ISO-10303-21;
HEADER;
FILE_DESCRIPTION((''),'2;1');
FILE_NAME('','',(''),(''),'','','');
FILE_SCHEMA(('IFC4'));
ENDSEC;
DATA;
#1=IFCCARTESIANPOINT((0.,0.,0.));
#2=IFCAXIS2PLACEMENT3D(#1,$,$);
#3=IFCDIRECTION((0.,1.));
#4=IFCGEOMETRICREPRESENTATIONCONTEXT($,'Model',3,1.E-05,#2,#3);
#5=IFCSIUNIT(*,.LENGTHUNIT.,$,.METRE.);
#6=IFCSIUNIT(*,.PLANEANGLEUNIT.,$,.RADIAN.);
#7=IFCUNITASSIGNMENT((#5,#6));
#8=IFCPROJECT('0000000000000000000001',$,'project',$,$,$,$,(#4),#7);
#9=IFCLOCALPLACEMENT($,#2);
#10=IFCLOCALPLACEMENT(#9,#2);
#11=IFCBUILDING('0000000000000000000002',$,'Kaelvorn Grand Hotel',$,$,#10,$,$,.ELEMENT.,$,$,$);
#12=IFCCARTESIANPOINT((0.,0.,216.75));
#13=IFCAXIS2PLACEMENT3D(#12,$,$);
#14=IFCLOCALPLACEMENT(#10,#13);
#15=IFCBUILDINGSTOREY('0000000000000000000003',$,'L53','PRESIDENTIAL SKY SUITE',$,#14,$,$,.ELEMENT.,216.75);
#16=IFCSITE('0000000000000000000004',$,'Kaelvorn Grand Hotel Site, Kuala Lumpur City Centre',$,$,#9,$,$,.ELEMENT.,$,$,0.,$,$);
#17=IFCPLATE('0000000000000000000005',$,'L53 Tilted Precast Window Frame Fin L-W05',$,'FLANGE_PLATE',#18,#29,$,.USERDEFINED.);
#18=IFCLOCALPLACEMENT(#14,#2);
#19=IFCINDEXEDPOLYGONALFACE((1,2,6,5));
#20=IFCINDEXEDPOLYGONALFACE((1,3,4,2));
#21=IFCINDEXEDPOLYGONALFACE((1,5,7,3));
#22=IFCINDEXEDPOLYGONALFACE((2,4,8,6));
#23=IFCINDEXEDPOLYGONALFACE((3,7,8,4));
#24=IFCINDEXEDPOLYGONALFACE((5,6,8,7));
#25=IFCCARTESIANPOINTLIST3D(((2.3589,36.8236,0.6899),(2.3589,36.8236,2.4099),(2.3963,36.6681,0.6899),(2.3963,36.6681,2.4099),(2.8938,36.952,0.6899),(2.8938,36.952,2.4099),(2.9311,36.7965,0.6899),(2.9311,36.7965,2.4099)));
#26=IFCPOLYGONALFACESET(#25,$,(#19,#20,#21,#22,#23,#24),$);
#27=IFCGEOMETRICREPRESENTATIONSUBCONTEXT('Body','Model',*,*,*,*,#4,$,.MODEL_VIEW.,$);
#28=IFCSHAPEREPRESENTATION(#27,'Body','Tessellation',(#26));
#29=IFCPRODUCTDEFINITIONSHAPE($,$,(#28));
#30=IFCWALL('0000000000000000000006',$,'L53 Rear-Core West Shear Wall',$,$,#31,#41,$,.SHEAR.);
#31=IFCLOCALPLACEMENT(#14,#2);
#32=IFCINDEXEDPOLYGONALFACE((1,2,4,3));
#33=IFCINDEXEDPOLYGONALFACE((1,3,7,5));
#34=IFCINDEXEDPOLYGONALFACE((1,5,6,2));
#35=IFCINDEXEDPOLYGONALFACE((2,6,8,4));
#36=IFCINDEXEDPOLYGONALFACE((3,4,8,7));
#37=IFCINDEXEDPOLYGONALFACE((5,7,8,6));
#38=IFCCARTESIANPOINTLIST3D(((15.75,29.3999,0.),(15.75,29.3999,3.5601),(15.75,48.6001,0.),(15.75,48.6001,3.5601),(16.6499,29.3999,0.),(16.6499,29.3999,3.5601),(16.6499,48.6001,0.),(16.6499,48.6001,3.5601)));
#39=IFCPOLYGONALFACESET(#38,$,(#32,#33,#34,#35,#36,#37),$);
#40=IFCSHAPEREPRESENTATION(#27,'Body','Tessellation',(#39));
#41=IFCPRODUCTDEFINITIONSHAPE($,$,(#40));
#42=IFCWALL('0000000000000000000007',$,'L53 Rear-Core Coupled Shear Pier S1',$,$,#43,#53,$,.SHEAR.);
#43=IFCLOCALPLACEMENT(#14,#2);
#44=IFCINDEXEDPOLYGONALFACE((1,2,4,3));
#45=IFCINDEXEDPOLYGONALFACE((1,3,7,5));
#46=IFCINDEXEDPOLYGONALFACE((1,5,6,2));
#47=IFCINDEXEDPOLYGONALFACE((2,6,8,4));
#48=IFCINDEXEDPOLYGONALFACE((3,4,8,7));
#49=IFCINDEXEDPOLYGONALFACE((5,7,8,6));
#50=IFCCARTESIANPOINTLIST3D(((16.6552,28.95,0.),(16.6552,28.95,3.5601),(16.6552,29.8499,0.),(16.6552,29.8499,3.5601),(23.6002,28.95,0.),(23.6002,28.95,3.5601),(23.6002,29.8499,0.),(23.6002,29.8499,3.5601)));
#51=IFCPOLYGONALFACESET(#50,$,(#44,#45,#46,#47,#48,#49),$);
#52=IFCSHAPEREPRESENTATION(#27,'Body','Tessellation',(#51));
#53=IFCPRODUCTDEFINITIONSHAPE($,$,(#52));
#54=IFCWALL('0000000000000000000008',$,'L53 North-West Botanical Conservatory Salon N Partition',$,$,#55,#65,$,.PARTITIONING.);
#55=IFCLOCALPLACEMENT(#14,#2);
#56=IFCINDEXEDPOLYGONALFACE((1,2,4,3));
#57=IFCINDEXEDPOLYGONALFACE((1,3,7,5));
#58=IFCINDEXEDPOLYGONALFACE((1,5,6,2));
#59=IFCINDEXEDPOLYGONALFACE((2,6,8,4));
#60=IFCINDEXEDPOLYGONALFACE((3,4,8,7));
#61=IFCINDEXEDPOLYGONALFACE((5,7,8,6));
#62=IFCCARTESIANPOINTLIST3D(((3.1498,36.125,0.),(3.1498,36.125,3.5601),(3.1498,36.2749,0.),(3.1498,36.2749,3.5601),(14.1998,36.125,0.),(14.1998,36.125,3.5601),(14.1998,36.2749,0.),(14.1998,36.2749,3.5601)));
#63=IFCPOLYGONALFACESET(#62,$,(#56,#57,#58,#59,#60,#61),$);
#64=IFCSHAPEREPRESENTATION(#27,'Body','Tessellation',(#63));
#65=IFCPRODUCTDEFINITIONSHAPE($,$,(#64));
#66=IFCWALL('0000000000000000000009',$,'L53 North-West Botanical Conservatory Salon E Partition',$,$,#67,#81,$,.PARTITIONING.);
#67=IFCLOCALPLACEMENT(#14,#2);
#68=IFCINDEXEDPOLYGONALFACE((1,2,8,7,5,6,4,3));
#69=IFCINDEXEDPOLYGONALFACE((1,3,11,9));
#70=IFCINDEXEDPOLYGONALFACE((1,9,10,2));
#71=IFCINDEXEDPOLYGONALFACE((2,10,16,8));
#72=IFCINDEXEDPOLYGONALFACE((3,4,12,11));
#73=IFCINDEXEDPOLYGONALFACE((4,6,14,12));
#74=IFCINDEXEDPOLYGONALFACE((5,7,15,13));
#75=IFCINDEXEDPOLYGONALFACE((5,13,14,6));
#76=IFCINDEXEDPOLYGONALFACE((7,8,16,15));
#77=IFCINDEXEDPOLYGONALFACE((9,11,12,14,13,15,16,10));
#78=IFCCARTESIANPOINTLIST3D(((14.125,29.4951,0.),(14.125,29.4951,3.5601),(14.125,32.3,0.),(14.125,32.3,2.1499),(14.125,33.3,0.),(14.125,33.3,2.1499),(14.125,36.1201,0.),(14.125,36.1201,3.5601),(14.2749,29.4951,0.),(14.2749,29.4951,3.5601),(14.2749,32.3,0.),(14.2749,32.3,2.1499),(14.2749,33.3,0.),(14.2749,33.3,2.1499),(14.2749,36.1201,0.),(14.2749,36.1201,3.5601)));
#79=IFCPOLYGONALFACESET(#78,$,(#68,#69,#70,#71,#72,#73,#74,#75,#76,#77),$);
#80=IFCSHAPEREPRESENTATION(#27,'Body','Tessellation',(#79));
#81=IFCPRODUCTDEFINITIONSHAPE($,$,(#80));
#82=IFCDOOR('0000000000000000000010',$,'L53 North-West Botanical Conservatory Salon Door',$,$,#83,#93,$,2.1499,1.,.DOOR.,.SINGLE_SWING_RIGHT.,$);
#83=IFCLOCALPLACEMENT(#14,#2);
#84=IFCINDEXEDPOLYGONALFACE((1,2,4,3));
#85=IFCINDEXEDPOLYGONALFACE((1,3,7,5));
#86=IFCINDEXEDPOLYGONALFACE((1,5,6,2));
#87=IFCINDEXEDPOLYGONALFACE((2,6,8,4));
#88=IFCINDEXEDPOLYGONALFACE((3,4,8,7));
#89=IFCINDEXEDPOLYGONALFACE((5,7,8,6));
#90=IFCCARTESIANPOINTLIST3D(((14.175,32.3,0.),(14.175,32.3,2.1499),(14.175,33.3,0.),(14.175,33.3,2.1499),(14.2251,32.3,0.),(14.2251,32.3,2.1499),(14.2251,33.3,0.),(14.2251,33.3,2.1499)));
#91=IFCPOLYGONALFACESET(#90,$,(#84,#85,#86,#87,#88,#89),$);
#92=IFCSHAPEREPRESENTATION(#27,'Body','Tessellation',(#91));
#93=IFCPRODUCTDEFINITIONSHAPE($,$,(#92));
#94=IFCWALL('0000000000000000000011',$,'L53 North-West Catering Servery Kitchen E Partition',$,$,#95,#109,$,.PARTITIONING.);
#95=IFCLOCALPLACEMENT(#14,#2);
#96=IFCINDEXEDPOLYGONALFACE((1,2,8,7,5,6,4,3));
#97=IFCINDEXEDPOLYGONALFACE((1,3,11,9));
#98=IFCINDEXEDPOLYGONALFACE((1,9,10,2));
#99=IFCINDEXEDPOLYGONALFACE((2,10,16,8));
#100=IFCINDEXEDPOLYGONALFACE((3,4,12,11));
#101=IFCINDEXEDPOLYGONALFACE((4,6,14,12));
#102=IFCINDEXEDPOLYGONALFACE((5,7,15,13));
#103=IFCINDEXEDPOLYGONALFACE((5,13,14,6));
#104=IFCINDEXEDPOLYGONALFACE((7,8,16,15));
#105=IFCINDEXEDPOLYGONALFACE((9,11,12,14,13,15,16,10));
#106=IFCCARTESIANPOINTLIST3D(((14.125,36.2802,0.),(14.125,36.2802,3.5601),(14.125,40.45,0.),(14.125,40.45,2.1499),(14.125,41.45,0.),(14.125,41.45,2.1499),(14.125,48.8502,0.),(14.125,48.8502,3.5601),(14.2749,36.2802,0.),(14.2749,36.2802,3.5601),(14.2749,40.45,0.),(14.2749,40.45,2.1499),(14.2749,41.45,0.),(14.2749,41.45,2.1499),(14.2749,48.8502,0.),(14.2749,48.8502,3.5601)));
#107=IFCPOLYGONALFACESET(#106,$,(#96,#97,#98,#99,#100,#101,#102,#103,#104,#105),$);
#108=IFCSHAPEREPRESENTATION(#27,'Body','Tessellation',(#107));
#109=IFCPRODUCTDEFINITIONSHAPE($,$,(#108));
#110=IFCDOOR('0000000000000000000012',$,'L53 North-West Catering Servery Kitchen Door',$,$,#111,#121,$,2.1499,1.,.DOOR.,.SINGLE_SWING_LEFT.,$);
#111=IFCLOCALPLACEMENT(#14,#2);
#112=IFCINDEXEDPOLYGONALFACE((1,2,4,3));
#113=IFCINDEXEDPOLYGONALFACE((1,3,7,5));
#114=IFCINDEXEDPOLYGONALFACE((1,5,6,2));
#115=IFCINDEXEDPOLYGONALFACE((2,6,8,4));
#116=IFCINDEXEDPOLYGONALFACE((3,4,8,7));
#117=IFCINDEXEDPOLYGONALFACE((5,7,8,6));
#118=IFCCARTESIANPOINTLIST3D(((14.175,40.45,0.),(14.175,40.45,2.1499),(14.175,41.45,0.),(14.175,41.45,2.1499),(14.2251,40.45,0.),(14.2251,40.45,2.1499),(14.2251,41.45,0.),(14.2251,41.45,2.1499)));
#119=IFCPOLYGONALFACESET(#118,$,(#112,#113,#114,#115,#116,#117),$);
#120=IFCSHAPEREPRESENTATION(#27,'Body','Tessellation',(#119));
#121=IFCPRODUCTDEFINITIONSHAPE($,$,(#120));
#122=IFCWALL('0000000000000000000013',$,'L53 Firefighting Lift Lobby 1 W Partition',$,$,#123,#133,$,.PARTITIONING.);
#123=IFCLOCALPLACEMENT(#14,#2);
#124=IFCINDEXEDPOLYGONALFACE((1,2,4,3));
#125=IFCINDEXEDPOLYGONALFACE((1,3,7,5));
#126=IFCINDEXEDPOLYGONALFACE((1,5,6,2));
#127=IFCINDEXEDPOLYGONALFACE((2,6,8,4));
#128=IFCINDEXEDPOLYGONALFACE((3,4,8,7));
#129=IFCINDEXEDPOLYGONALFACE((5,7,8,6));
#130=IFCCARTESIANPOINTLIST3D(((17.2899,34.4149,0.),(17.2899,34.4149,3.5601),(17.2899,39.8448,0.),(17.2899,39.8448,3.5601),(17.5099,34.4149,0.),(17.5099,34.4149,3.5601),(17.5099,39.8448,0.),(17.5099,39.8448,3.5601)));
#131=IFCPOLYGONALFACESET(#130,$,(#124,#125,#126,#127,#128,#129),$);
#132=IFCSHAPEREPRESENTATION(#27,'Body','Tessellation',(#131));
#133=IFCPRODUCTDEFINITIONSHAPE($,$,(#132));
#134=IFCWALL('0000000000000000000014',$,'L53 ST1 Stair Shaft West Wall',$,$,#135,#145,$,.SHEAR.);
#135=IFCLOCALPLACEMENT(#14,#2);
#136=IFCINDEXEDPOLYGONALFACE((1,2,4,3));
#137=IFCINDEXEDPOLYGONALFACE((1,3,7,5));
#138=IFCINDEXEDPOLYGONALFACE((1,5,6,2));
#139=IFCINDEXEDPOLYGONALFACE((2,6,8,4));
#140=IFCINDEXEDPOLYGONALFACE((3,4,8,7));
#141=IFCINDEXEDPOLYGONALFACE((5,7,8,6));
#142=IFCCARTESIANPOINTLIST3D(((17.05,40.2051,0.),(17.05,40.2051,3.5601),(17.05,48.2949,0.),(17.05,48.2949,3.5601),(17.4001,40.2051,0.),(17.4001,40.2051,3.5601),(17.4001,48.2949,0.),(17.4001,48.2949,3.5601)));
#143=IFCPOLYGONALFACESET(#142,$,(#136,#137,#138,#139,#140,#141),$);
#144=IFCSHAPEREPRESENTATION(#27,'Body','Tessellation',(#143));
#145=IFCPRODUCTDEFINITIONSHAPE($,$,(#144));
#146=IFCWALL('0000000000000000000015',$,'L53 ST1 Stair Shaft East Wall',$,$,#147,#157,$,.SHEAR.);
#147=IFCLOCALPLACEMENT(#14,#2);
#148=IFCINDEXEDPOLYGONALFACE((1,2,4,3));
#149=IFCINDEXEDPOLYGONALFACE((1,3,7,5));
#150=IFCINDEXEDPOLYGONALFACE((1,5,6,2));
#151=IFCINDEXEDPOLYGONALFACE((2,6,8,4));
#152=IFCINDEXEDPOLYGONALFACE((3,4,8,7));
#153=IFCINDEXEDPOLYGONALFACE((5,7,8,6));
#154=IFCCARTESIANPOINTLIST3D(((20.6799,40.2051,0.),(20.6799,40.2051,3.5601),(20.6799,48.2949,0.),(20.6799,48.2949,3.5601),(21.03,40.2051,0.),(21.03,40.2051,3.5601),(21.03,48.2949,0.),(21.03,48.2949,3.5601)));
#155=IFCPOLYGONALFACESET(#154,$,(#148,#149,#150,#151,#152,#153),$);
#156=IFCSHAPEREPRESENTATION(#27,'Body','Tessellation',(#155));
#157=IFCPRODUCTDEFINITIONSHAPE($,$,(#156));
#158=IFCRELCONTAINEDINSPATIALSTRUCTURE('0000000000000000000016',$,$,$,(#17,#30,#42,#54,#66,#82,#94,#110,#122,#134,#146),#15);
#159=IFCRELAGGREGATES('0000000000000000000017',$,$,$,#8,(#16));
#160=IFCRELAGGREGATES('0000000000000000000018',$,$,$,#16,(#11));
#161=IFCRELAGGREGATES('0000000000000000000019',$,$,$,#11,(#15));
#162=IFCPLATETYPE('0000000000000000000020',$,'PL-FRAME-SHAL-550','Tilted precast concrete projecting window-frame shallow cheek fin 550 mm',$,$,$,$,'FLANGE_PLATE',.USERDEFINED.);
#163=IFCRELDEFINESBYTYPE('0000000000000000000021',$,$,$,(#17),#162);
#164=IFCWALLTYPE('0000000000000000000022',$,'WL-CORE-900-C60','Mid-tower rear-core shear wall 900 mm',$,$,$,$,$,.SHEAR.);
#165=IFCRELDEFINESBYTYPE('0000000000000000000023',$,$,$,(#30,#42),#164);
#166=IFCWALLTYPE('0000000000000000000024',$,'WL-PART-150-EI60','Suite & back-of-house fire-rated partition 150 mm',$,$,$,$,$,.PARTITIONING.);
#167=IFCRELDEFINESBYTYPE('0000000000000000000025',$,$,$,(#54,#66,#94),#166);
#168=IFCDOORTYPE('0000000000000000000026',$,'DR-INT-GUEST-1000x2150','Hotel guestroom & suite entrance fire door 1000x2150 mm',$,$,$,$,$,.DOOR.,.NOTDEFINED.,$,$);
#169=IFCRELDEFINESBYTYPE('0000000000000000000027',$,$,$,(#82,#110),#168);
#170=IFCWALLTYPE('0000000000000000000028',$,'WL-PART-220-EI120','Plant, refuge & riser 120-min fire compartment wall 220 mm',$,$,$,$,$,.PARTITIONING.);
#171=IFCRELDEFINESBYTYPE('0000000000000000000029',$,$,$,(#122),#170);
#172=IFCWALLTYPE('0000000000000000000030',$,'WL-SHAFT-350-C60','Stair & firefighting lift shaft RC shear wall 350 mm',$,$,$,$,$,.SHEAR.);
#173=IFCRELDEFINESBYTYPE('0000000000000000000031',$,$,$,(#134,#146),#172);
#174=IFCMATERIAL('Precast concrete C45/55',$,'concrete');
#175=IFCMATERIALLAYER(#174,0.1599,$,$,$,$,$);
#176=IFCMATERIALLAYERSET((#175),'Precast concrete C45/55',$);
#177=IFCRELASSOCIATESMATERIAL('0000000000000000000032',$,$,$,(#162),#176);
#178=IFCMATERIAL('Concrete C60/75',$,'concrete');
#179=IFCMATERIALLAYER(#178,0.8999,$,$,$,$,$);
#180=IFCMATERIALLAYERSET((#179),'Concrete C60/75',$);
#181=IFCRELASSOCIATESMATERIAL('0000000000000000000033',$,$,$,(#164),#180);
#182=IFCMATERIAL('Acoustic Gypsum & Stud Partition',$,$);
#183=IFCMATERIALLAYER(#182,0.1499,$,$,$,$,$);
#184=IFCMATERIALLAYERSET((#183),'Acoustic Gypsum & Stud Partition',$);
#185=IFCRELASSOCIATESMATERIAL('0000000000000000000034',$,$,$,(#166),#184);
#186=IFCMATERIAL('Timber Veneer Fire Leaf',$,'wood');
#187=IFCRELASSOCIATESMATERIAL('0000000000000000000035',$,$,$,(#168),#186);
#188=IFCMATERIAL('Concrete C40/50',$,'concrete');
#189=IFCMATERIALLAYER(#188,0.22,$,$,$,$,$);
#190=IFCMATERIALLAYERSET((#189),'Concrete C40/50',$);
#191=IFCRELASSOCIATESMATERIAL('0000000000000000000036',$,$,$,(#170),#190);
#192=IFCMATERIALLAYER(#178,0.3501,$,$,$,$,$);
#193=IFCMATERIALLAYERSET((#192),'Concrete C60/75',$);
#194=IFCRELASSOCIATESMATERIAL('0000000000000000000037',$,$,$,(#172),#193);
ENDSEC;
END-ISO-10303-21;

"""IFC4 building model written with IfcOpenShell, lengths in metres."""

from ifc_helpers import new_model, si_unit, direction, frame, frame_2d, origin, origin_2d, place, context, subcontext, project, spatial, rectangle, extrude, material, layer, layer_set, type_object, element, fill, save


model = new_model("IFC4")

# Units and contexts
model_context = context("Model", 3, precision=1e-05, world=origin(), true_north=direction((0.0, 1.0)))
body_context = subcontext(model_context, "Body", "Model", "MODEL_VIEW")
ifc_project = project(units=[si_unit("LENGTHUNIT", "METRE"), si_unit("PLANEANGLEUNIT", "RADIAN")], contexts=[model_context])

# Site, building, storey
site_placement = place(None, origin())
site = spatial("IfcSite", under=ifc_project, at=site_placement, Name="Kaelvorn Grand Hotel Site, Kuala Lumpur City Centre", CompositionType="ELEMENT", RefElevation=0.0)
building_placement = place(site_placement, origin())
building = spatial("IfcBuilding", under=site, at=building_placement, Name="Kaelvorn Grand Hotel", CompositionType="ELEMENT")
storey_placement = place(building_placement, frame((0.0, 0.0, 216.75)))
storey = spatial("IfcBuildingStorey", under=building, at=storey_placement, Name="L53", Description="PRESIDENTIAL SKY SUITE", CompositionType="ELEMENT", Elevation=216.75)

# Shared definitions
ifc_material_1 = material(Name="Concrete C60/75", Category="concrete")

# Plate
ifc_material_2 = material(Name="Precast concrete C45/55", Category="concrete")
ifc_layer_1 = layer(ifc_material_2, 0.1599)
ifc_layer_set_1 = layer_set([ifc_layer_1], Name="Precast concrete C45/55")
plate_type_1 = type_object("IfcPlateType", Name="PL-FRAME-SHAL-550", Description="Tilted precast concrete projecting window-frame shallow cheek fin 550 mm", ElementType="FLANGE_PLATE", PredefinedType="USERDEFINED", material=ifc_layer_set_1)
for number, where, z_axis, x_axis, name in (
    (1, (2.645, 36.8101, 0.6899), (0.0, 0.0, 1.0), (-0.233445, 0.97237, 0.0), "L53 Tilted Precast Window Frame Fin L-W05"),
):
    element("IfcPlate", number, at=place(storey_placement, frame(where, z_axis=z_axis, x_axis=x_axis)), inside=storey, type_object=plate_type_1, Name=name, ObjectType="FLANGE_PLATE", PredefinedType="USERDEFINED", context=body_context, shape_type="SweptSolid", body=[
        extrude(rectangle(XDim=0.1599, YDim=0.55, at=origin_2d()), origin(), (0.0, 0.0, 1.0), 1.72),
    ])

# Walls
ifc_layer_2 = layer(ifc_material_1, 0.8999)
ifc_layer_set_2 = layer_set([ifc_layer_2], Name="Concrete C60/75")
wall_type_1 = type_object("IfcWallType", Name="WL-CORE-900-C60", Description="Mid-tower rear-core shear wall 900 mm", PredefinedType="SHEAR", material=ifc_layer_set_2)
wall_1_placement = place(storey_placement, frame((16.2, 29.3999, 0.0), z_axis=(0.0, 0.0, 1.0), x_axis=(0.0, 1.0, 0.0)))
element("IfcWall", 2, at=wall_1_placement, inside=storey, type_object=wall_type_1, Name="L53 Rear-Core West Shear Wall", PredefinedType="SHEAR", context=body_context, shape_type="SweptSolid", body=[
    extrude(rectangle(XDim=19.2002, YDim=0.8999, at=frame_2d((9.6001, 0.0))), origin(), (0.0, 0.0, 1.0), 3.5601),
])
wall_2_placement = place(storey_placement, frame((16.655, 29.3999, 0.0), z_axis=(0.0, 0.0, 1.0), x_axis=(1.0, 0.0, 0.0)))
element("IfcWall", 3, at=wall_2_placement, inside=storey, type_object=wall_type_1, Name="L53 Rear-Core Coupled Shear Pier S1", PredefinedType="SHEAR", context=body_context, shape_type="SweptSolid", body=[
    extrude(rectangle(XDim=6.9451, YDim=0.8999, at=frame_2d((3.4727, 0.0))), origin(), (0.0, 0.0, 1.0), 3.5601),
])
ifc_material_3 = material(Name="Acoustic Gypsum & Stud Partition")
ifc_layer_3 = layer(ifc_material_3, 0.1499)
ifc_layer_set_3 = layer_set([ifc_layer_3], Name="Acoustic Gypsum & Stud Partition")
wall_type_2 = type_object("IfcWallType", Name="WL-PART-150-EI60", Description="Suite & back-of-house fire-rated partition 150 mm", PredefinedType="PARTITIONING", material=ifc_layer_set_3)
wall_3_placement = place(storey_placement, frame((3.1499, 36.2, 0.0), z_axis=(0.0, 0.0, 1.0), x_axis=(1.0, 0.0, 0.0)))
element("IfcWall", 4, at=wall_3_placement, inside=storey, type_object=wall_type_2, Name="L53 North-West Botanical Conservatory Salon N Partition", PredefinedType="PARTITIONING", context=body_context, shape_type="SweptSolid", body=[
    extrude(rectangle(XDim=11.05, YDim=0.1499, at=frame_2d((5.5249, 0.0))), origin(), (0.0, 0.0, 1.0), 3.5601),
])

# Walls, openings, doors
wall_4_placement = place(storey_placement, frame((14.2, 29.4951, 0.0), z_axis=(0.0, 0.0, 1.0), x_axis=(0.0, 1.0, 0.0)))
wall_4 = element("IfcWall", 5, at=wall_4_placement, inside=storey, type_object=wall_type_2, Name="L53 North-West Botanical Conservatory Salon E Partition", PredefinedType="PARTITIONING", context=body_context, shape_type="SweptSolid", body=[
    extrude(rectangle(XDim=6.625, YDim=0.1499, at=frame_2d((3.3125, 0.0))), origin(), (0.0, 0.0, 1.0), 3.5601),
])
opening_1_placement = place(wall_4_placement, frame((2.8049, 0.0, 0.0)))
opening_1 = element("IfcOpeningElement", 6, at=opening_1_placement, cuts=wall_4, PredefinedType="OPENING", context=body_context, shape_type="SweptSolid", body=[
    extrude(rectangle(XDim=1.0, YDim=2.1499, at=frame_2d((0.5, 1.075))), frame((0.0, 0.085, 0.0), z_axis=(0.0, -1.0, 0.0), x_axis=(1.0, 0.0, 0.0)), (0.0, 0.0, 1.0), 0.1699),
])
ifc_material_4 = material(Name="Timber Veneer Fire Leaf", Category="wood")
door_type_1 = type_object("IfcDoorType", Name="DR-INT-GUEST-1000x2150", Description="Hotel guestroom & suite entrance fire door 1000x2150 mm", OperationType="NOTDEFINED", PredefinedType="DOOR", material=ifc_material_4)
door_1_placement = place(opening_1_placement, origin())
door_1 = element("IfcDoor", 7, at=door_1_placement, inside=storey, type_object=door_type_1, Name="L53 North-West Botanical Conservatory Salon Door", OperationType="SINGLE_SWING_RIGHT", OverallHeight=2.1499, OverallWidth=1.0, PredefinedType="DOOR", context=body_context, shape_type="SweptSolid", body=[
    extrude(rectangle(XDim=1.0, YDim=2.1499, at=frame_2d((0.5, 1.075))), frame((0.0, 0.0249, 0.0), z_axis=(0.0, -1.0, 0.0), x_axis=(1.0, 0.0, 0.0)), (0.0, 0.0, 1.0), 0.05),
])
fill(opening_1, door_1)
wall_5_placement = place(storey_placement, frame((14.2, 36.28, 0.0), z_axis=(0.0, 0.0, 1.0), x_axis=(0.0, 1.0, 0.0)))
wall_5 = element("IfcWall", 8, at=wall_5_placement, inside=storey, type_object=wall_type_2, Name="L53 North-West Catering Servery Kitchen E Partition", PredefinedType="PARTITIONING", context=body_context, shape_type="SweptSolid", body=[
    extrude(rectangle(XDim=12.5701, YDim=0.1499, at=frame_2d((6.2852, 0.0))), origin(), (0.0, 0.0, 1.0), 3.5601),
])
opening_2_placement = place(wall_5_placement, frame((4.1699, 0.0, 0.0)))
opening_2 = element("IfcOpeningElement", 9, at=opening_2_placement, cuts=wall_5, PredefinedType="OPENING", context=body_context, shape_type="SweptSolid", body=[
    extrude(rectangle(XDim=1.0, YDim=2.1499, at=frame_2d((0.5, 1.075))), frame((0.0, 0.085, 0.0), z_axis=(0.0, -1.0, 0.0), x_axis=(1.0, 0.0, 0.0)), (0.0, 0.0, 1.0), 0.1699),
])
door_2_placement = place(opening_2_placement, origin())
door_2 = element("IfcDoor", 10, at=door_2_placement, inside=storey, type_object=door_type_1, Name="L53 North-West Catering Servery Kitchen Door", OperationType="SINGLE_SWING_LEFT", OverallHeight=2.1499, OverallWidth=1.0, PredefinedType="DOOR", context=body_context, shape_type="SweptSolid", body=[
    extrude(rectangle(XDim=1.0, YDim=2.1499, at=frame_2d((0.5, 1.075))), frame((0.0, 0.0249, 0.0), z_axis=(0.0, -1.0, 0.0), x_axis=(1.0, 0.0, 0.0)), (0.0, 0.0, 1.0), 0.05),
])
fill(opening_2, door_2)
ifc_material_5 = material(Name="Concrete C40/50", Category="concrete")
ifc_layer_4 = layer(ifc_material_5, 0.22)
ifc_layer_set_4 = layer_set([ifc_layer_4], Name="Concrete C40/50")
wall_type_3 = type_object("IfcWallType", Name="WL-PART-220-EI120", Description="Plant, refuge & riser 120-min fire compartment wall 220 mm", PredefinedType="PARTITIONING", material=ifc_layer_set_4)

# Wall
wall_6_placement = place(storey_placement, frame((17.3999, 34.415, 0.0), z_axis=(0.0, 0.0, 1.0), x_axis=(0.0, 1.0, 0.0)))
element("IfcWall", 11, at=wall_6_placement, inside=storey, type_object=wall_type_3, Name="L53 Firefighting Lift Lobby 1 W Partition", PredefinedType="PARTITIONING", context=body_context, shape_type="SweptSolid", body=[
    extrude(rectangle(XDim=5.4299, YDim=0.22, at=frame_2d((2.7148, 0.0))), origin(), (0.0, 0.0, 1.0), 3.5601),
])

# Shared definitions
ifc_layer_5 = layer(ifc_material_1, 0.3501)
ifc_layer_set_5 = layer_set([ifc_layer_5], Name="Concrete C60/75")
wall_type_4 = type_object("IfcWallType", Name="WL-SHAFT-350-C60", Description="Stair & firefighting lift shaft RC shear wall 350 mm", PredefinedType="SHEAR", material=ifc_layer_set_5)

# Walls
for number, where, z_axis, x_axis, name in (
    (12, (17.2251, 40.2051, 0.0), (0.0, 0.0, 1.0), (0.0, 1.0, 0.0), "L53 ST1 Stair Shaft West Wall"),
    (13, (20.855, 40.2051, 0.0), (0.0, 0.0, 1.0), (0.0, 1.0, 0.0), "L53 ST1 Stair Shaft East Wall"),
):
    element("IfcWall", number, at=place(storey_placement, frame(where, z_axis=z_axis, x_axis=x_axis)), inside=storey, type_object=wall_type_4, Name=name, PredefinedType="SHEAR", context=body_context, shape_type="SweptSolid", body=[
        extrude(rectangle(XDim=8.0898, YDim=0.3501, at=frame_2d((4.0449, 0.0))), origin(), (0.0, 0.0, 1.0), 3.5601),
    ])

save(model, "model.ifc")
